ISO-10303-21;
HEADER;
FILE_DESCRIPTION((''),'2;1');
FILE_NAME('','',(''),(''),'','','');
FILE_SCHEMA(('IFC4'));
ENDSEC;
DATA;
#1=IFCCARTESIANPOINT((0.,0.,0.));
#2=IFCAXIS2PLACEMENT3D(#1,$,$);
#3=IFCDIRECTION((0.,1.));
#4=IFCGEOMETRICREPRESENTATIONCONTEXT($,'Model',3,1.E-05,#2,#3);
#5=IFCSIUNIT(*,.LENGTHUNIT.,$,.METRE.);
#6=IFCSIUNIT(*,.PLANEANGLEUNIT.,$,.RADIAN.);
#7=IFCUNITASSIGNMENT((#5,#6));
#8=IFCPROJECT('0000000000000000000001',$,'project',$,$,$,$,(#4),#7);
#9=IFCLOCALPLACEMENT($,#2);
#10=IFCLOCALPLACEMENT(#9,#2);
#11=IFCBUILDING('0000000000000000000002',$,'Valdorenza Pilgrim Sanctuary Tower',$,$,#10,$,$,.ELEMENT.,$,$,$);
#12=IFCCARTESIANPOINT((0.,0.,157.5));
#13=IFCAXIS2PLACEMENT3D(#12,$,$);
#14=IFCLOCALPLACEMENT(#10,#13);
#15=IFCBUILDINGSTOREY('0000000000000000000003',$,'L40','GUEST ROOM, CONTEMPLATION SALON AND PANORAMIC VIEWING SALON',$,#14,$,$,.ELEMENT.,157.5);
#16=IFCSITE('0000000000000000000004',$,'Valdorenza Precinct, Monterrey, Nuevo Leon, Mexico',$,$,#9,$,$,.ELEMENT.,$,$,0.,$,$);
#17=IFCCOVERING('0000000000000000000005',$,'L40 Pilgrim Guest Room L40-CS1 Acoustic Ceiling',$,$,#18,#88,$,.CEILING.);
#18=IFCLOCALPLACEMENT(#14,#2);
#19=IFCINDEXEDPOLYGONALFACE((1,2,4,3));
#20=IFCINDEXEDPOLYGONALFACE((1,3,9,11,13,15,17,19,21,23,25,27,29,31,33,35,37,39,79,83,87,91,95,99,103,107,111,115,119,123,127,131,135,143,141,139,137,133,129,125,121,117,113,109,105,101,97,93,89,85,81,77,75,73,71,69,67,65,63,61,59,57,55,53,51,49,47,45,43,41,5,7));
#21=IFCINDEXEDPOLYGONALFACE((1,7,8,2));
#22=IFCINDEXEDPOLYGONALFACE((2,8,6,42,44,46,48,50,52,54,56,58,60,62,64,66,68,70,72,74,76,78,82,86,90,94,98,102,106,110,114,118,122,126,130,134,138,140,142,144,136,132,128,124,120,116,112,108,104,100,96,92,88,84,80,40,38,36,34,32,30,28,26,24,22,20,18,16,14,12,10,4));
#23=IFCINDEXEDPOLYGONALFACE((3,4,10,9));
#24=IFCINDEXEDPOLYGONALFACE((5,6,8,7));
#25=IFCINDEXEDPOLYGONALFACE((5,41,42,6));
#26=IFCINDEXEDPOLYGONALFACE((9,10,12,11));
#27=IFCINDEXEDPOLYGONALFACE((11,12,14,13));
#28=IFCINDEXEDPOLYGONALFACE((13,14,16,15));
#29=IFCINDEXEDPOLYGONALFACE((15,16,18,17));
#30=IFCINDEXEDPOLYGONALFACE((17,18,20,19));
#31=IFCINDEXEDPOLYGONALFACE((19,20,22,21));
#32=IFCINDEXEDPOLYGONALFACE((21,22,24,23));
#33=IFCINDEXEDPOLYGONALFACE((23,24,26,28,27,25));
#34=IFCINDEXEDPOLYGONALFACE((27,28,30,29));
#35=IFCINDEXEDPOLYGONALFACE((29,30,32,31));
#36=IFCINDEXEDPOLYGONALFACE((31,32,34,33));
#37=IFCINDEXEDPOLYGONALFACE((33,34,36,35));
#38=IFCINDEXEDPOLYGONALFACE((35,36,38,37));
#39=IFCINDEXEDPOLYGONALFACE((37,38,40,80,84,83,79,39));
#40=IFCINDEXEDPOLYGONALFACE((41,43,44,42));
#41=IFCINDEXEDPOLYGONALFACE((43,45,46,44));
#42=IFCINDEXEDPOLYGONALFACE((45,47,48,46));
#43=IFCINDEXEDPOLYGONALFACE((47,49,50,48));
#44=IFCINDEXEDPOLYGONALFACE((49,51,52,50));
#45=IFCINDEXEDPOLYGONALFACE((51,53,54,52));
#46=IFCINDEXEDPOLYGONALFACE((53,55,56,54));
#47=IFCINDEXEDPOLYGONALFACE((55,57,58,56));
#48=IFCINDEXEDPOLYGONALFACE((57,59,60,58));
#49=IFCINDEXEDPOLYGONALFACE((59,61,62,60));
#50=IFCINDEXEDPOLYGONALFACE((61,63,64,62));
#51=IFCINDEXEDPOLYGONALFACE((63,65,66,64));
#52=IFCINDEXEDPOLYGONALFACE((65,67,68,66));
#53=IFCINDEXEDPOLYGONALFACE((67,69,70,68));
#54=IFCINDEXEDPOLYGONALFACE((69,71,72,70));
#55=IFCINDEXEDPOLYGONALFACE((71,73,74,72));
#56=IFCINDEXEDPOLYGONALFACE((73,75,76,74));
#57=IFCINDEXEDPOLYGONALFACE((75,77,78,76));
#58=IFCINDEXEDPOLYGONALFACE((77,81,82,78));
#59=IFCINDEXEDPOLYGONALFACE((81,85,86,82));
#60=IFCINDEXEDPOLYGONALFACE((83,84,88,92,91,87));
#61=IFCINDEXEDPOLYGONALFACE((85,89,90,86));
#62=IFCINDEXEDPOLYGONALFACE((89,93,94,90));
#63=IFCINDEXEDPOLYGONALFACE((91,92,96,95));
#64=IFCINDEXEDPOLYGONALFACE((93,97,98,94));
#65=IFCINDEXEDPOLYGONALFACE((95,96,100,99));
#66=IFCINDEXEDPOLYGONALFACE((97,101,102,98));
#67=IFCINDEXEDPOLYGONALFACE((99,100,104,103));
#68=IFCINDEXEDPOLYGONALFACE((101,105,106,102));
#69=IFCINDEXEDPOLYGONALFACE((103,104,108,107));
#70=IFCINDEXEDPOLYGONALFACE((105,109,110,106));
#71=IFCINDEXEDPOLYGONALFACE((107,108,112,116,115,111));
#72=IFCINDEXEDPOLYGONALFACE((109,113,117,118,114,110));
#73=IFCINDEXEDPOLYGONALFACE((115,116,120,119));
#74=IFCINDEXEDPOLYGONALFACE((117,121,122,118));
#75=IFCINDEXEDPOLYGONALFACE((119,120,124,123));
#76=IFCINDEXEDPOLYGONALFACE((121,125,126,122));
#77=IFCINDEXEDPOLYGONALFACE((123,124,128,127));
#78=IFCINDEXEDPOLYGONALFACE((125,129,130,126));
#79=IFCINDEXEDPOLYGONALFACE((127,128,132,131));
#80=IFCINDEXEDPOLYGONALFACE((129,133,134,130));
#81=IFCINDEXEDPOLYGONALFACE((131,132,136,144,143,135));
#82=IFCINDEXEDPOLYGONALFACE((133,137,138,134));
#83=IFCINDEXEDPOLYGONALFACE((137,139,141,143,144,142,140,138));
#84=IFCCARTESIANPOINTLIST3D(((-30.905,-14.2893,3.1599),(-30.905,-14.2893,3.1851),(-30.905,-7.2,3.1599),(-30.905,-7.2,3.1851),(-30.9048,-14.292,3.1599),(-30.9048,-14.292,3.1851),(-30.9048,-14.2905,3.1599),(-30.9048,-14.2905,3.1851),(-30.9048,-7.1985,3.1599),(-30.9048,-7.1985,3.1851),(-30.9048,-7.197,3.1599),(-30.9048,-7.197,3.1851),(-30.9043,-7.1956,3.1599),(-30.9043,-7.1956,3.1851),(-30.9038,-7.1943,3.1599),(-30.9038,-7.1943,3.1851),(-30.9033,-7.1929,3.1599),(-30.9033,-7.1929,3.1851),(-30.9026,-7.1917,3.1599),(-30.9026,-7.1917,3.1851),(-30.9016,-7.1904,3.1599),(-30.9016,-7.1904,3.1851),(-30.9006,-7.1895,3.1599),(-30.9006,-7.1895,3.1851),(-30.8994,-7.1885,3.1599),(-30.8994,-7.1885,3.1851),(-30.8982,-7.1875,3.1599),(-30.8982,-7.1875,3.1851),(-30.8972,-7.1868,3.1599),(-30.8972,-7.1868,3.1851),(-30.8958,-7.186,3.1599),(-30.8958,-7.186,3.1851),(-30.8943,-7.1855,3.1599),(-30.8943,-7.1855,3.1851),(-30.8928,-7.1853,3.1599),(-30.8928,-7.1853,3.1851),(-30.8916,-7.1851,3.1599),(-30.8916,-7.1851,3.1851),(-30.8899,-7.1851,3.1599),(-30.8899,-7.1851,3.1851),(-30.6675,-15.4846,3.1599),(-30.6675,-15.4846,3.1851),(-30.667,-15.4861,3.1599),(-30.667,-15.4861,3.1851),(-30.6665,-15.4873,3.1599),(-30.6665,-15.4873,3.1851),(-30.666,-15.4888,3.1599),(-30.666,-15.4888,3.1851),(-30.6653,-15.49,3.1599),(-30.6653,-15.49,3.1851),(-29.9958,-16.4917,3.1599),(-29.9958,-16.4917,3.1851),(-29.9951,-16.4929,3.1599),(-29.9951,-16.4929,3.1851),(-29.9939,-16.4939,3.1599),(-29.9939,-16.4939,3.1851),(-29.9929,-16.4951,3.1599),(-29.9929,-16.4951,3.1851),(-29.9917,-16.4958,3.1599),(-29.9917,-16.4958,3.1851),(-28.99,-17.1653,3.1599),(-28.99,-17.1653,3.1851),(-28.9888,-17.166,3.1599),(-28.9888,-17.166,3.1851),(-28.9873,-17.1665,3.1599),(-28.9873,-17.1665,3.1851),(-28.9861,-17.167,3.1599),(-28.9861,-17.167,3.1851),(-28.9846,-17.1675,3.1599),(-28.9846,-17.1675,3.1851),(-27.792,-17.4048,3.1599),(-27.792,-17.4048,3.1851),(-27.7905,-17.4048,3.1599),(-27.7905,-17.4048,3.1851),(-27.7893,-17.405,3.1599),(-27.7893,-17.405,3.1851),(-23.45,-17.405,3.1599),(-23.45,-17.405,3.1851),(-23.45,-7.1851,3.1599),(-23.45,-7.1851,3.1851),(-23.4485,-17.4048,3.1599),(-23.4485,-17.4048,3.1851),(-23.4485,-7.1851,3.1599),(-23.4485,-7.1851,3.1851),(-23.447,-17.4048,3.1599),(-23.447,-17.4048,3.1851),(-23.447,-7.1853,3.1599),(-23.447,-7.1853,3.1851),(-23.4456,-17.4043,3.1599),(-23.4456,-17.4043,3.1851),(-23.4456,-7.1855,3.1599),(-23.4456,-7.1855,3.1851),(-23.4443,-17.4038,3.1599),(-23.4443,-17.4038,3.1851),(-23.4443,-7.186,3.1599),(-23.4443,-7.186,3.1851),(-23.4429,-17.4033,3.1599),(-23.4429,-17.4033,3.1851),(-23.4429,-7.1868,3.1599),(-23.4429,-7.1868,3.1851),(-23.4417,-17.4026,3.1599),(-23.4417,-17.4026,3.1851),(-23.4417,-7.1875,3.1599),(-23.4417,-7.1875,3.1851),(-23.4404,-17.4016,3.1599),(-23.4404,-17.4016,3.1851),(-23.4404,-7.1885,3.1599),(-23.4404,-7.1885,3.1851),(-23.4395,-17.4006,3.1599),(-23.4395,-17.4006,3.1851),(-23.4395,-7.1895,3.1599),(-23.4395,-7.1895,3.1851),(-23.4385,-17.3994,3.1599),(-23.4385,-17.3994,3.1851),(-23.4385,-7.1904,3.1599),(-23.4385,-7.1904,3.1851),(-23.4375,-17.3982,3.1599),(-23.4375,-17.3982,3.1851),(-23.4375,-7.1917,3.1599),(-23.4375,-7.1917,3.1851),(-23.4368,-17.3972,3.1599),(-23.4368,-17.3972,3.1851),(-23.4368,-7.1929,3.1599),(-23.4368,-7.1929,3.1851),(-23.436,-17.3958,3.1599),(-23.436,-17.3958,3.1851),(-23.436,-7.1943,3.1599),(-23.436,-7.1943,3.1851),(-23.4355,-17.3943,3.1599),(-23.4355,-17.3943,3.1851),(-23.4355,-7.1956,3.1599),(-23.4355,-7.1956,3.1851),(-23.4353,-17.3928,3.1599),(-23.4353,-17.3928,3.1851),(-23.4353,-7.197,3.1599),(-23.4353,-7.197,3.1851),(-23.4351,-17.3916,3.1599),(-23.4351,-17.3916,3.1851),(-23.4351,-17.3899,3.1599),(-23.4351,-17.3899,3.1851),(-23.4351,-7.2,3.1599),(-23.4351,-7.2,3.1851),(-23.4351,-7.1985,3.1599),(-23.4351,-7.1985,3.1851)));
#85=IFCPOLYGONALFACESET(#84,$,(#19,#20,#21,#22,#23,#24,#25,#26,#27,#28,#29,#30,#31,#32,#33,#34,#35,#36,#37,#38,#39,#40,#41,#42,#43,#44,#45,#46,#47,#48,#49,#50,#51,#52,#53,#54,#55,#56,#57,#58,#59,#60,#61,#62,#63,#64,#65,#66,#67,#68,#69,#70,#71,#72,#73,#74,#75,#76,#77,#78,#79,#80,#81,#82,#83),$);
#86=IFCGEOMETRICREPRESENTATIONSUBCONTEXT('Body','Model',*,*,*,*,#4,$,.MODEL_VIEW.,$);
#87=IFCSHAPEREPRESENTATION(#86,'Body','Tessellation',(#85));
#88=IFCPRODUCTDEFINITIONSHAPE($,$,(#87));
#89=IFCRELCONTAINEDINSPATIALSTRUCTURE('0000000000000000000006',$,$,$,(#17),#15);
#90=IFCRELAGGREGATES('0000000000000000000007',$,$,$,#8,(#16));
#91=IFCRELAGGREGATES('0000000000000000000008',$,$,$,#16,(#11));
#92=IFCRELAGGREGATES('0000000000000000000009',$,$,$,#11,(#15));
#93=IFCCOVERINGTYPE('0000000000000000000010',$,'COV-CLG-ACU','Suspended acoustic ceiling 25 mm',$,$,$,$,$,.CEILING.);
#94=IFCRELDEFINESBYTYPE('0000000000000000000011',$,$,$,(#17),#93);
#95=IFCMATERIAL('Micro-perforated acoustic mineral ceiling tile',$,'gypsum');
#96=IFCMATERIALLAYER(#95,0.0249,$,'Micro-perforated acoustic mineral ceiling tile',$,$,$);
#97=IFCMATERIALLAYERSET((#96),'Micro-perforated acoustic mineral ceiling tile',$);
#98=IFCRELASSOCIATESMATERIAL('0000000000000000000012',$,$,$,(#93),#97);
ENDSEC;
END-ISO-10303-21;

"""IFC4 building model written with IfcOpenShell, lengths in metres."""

from ifc_helpers import new_model, si_unit, direction, frame, origin, place, context, subcontext, project, spatial, polyline, outline, extrude, material, layer, layer_set, type_object, element, save


model = new_model("IFC4")

# Units and contexts
model_context = context("Model", 3, precision=1e-05, world=origin(), true_north=direction((0.0, 1.0)))
body_context = subcontext(model_context, "Body", "Model", "MODEL_VIEW")
ifc_project = project(units=[si_unit("LENGTHUNIT", "METRE"), si_unit("PLANEANGLEUNIT", "RADIAN")], contexts=[model_context])

# Site, building, storey
site_placement = place(None, origin())
site = spatial("IfcSite", under=ifc_project, at=site_placement, Name="Valdorenza Precinct, Monterrey, Nuevo Leon, Mexico", CompositionType="ELEMENT", RefElevation=0.0)
building_placement = place(site_placement, origin())
building = spatial("IfcBuilding", under=site, at=building_placement, Name="Valdorenza Pilgrim Sanctuary Tower", CompositionType="ELEMENT")
storey_placement = place(building_placement, frame((0.0, 0.0, 157.5)))
storey = spatial("IfcBuildingStorey", under=building, at=storey_placement, Name="L40", Description="GUEST ROOM, CONTEMPLATION SALON AND PANORAMIC VIEWING SALON", CompositionType="ELEMENT", Elevation=157.5)

# Covering
ifc_material_1 = material(Name="Micro-perforated acoustic mineral ceiling tile", Category="gypsum")
ifc_layer_1 = layer(ifc_material_1, 0.0249, Name="Micro-perforated acoustic mineral ceiling tile")
ifc_layer_set_1 = layer_set([ifc_layer_1], Name="Micro-perforated acoustic mineral ceiling tile")
covering_type_1 = type_object("IfcCoveringType", Name="COV-CLG-ACU", Description="Suspended acoustic ceiling 25 mm", PredefinedType="CEILING", material=ifc_layer_set_1)
covering_1_placement = place(storey_placement, frame((0.0, 0.0, 3.1599)))
element("IfcCovering", 1, at=covering_1_placement, inside=storey, type_object=covering_type_1, Name="L40 Pilgrim Guest Room L40-CS1 Acoustic Ceiling", PredefinedType="CEILING", context=body_context, shape_type="SweptSolid", body=[
    extrude(outline(polyline([(-23.45, -7.1851), (-23.4485, -7.1851), (-23.447, -7.1853), (-23.4456, -7.1855), (-23.4443, -7.186), (-23.4429, -7.1868), (-23.4417, -7.1875), (-23.4404, -7.1885), (-23.4395, -7.1895), (-23.4385, -7.1904), (-23.4375, -7.1917), (-23.4368, -7.1929), (-23.436, -7.1943), (-23.4355, -7.1956), (-23.4353, -7.197), (-23.4351, -7.1985), (-23.4351, -7.2), (-23.4351, -17.3899), (-23.4351, -17.3916), (-23.4353, -17.3928), (-23.4355, -17.3943), (-23.436, -17.3958), (-23.4368, -17.3972), (-23.4375, -17.3982), (-23.4385, -17.3994), (-23.4395, -17.4006), (-23.4404, -17.4016), (-23.4417, -17.4026), (-23.4429, -17.4033), (-23.4443, -17.4038), (-23.4456, -17.4043), (-23.447, -17.4048), (-23.4485, -17.4048), (-23.45, -17.405), (-27.7893, -17.405), (-27.7905, -17.4048), (-27.792, -17.4048), (-28.9846, -17.1675), (-28.9861, -17.167), (-28.9873, -17.1665), (-28.9888, -17.166), (-28.99, -17.1653), (-29.9917, -16.4958), (-29.9929, -16.4951), (-29.9939, -16.4939), (-29.9951, -16.4929), (-29.9958, -16.4917), (-30.6653, -15.49), (-30.666, -15.4888), (-30.6665, -15.4873), (-30.667, -15.4861), (-30.6675, -15.4846), (-30.9048, -14.292), (-30.9048, -14.2905), (-30.905, -14.2893), (-30.905, -7.2), (-30.9048, -7.1985), (-30.9048, -7.197), (-30.9043, -7.1956), (-30.9038, -7.1943), (-30.9033, -7.1929), (-30.9026, -7.1917), (-30.9016, -7.1904), (-30.9006, -7.1895), (-30.8994, -7.1885), (-30.8982, -7.1875), (-30.8972, -7.1868), (-30.8958, -7.186), (-30.8943, -7.1855), (-30.8928, -7.1853), (-30.8916, -7.1851), (-30.8899, -7.1851), (-23.45, -7.1851)])), origin(), (0.0, 0.0, 1.0), 0.0251),
])

save(model, "model.ifc")
